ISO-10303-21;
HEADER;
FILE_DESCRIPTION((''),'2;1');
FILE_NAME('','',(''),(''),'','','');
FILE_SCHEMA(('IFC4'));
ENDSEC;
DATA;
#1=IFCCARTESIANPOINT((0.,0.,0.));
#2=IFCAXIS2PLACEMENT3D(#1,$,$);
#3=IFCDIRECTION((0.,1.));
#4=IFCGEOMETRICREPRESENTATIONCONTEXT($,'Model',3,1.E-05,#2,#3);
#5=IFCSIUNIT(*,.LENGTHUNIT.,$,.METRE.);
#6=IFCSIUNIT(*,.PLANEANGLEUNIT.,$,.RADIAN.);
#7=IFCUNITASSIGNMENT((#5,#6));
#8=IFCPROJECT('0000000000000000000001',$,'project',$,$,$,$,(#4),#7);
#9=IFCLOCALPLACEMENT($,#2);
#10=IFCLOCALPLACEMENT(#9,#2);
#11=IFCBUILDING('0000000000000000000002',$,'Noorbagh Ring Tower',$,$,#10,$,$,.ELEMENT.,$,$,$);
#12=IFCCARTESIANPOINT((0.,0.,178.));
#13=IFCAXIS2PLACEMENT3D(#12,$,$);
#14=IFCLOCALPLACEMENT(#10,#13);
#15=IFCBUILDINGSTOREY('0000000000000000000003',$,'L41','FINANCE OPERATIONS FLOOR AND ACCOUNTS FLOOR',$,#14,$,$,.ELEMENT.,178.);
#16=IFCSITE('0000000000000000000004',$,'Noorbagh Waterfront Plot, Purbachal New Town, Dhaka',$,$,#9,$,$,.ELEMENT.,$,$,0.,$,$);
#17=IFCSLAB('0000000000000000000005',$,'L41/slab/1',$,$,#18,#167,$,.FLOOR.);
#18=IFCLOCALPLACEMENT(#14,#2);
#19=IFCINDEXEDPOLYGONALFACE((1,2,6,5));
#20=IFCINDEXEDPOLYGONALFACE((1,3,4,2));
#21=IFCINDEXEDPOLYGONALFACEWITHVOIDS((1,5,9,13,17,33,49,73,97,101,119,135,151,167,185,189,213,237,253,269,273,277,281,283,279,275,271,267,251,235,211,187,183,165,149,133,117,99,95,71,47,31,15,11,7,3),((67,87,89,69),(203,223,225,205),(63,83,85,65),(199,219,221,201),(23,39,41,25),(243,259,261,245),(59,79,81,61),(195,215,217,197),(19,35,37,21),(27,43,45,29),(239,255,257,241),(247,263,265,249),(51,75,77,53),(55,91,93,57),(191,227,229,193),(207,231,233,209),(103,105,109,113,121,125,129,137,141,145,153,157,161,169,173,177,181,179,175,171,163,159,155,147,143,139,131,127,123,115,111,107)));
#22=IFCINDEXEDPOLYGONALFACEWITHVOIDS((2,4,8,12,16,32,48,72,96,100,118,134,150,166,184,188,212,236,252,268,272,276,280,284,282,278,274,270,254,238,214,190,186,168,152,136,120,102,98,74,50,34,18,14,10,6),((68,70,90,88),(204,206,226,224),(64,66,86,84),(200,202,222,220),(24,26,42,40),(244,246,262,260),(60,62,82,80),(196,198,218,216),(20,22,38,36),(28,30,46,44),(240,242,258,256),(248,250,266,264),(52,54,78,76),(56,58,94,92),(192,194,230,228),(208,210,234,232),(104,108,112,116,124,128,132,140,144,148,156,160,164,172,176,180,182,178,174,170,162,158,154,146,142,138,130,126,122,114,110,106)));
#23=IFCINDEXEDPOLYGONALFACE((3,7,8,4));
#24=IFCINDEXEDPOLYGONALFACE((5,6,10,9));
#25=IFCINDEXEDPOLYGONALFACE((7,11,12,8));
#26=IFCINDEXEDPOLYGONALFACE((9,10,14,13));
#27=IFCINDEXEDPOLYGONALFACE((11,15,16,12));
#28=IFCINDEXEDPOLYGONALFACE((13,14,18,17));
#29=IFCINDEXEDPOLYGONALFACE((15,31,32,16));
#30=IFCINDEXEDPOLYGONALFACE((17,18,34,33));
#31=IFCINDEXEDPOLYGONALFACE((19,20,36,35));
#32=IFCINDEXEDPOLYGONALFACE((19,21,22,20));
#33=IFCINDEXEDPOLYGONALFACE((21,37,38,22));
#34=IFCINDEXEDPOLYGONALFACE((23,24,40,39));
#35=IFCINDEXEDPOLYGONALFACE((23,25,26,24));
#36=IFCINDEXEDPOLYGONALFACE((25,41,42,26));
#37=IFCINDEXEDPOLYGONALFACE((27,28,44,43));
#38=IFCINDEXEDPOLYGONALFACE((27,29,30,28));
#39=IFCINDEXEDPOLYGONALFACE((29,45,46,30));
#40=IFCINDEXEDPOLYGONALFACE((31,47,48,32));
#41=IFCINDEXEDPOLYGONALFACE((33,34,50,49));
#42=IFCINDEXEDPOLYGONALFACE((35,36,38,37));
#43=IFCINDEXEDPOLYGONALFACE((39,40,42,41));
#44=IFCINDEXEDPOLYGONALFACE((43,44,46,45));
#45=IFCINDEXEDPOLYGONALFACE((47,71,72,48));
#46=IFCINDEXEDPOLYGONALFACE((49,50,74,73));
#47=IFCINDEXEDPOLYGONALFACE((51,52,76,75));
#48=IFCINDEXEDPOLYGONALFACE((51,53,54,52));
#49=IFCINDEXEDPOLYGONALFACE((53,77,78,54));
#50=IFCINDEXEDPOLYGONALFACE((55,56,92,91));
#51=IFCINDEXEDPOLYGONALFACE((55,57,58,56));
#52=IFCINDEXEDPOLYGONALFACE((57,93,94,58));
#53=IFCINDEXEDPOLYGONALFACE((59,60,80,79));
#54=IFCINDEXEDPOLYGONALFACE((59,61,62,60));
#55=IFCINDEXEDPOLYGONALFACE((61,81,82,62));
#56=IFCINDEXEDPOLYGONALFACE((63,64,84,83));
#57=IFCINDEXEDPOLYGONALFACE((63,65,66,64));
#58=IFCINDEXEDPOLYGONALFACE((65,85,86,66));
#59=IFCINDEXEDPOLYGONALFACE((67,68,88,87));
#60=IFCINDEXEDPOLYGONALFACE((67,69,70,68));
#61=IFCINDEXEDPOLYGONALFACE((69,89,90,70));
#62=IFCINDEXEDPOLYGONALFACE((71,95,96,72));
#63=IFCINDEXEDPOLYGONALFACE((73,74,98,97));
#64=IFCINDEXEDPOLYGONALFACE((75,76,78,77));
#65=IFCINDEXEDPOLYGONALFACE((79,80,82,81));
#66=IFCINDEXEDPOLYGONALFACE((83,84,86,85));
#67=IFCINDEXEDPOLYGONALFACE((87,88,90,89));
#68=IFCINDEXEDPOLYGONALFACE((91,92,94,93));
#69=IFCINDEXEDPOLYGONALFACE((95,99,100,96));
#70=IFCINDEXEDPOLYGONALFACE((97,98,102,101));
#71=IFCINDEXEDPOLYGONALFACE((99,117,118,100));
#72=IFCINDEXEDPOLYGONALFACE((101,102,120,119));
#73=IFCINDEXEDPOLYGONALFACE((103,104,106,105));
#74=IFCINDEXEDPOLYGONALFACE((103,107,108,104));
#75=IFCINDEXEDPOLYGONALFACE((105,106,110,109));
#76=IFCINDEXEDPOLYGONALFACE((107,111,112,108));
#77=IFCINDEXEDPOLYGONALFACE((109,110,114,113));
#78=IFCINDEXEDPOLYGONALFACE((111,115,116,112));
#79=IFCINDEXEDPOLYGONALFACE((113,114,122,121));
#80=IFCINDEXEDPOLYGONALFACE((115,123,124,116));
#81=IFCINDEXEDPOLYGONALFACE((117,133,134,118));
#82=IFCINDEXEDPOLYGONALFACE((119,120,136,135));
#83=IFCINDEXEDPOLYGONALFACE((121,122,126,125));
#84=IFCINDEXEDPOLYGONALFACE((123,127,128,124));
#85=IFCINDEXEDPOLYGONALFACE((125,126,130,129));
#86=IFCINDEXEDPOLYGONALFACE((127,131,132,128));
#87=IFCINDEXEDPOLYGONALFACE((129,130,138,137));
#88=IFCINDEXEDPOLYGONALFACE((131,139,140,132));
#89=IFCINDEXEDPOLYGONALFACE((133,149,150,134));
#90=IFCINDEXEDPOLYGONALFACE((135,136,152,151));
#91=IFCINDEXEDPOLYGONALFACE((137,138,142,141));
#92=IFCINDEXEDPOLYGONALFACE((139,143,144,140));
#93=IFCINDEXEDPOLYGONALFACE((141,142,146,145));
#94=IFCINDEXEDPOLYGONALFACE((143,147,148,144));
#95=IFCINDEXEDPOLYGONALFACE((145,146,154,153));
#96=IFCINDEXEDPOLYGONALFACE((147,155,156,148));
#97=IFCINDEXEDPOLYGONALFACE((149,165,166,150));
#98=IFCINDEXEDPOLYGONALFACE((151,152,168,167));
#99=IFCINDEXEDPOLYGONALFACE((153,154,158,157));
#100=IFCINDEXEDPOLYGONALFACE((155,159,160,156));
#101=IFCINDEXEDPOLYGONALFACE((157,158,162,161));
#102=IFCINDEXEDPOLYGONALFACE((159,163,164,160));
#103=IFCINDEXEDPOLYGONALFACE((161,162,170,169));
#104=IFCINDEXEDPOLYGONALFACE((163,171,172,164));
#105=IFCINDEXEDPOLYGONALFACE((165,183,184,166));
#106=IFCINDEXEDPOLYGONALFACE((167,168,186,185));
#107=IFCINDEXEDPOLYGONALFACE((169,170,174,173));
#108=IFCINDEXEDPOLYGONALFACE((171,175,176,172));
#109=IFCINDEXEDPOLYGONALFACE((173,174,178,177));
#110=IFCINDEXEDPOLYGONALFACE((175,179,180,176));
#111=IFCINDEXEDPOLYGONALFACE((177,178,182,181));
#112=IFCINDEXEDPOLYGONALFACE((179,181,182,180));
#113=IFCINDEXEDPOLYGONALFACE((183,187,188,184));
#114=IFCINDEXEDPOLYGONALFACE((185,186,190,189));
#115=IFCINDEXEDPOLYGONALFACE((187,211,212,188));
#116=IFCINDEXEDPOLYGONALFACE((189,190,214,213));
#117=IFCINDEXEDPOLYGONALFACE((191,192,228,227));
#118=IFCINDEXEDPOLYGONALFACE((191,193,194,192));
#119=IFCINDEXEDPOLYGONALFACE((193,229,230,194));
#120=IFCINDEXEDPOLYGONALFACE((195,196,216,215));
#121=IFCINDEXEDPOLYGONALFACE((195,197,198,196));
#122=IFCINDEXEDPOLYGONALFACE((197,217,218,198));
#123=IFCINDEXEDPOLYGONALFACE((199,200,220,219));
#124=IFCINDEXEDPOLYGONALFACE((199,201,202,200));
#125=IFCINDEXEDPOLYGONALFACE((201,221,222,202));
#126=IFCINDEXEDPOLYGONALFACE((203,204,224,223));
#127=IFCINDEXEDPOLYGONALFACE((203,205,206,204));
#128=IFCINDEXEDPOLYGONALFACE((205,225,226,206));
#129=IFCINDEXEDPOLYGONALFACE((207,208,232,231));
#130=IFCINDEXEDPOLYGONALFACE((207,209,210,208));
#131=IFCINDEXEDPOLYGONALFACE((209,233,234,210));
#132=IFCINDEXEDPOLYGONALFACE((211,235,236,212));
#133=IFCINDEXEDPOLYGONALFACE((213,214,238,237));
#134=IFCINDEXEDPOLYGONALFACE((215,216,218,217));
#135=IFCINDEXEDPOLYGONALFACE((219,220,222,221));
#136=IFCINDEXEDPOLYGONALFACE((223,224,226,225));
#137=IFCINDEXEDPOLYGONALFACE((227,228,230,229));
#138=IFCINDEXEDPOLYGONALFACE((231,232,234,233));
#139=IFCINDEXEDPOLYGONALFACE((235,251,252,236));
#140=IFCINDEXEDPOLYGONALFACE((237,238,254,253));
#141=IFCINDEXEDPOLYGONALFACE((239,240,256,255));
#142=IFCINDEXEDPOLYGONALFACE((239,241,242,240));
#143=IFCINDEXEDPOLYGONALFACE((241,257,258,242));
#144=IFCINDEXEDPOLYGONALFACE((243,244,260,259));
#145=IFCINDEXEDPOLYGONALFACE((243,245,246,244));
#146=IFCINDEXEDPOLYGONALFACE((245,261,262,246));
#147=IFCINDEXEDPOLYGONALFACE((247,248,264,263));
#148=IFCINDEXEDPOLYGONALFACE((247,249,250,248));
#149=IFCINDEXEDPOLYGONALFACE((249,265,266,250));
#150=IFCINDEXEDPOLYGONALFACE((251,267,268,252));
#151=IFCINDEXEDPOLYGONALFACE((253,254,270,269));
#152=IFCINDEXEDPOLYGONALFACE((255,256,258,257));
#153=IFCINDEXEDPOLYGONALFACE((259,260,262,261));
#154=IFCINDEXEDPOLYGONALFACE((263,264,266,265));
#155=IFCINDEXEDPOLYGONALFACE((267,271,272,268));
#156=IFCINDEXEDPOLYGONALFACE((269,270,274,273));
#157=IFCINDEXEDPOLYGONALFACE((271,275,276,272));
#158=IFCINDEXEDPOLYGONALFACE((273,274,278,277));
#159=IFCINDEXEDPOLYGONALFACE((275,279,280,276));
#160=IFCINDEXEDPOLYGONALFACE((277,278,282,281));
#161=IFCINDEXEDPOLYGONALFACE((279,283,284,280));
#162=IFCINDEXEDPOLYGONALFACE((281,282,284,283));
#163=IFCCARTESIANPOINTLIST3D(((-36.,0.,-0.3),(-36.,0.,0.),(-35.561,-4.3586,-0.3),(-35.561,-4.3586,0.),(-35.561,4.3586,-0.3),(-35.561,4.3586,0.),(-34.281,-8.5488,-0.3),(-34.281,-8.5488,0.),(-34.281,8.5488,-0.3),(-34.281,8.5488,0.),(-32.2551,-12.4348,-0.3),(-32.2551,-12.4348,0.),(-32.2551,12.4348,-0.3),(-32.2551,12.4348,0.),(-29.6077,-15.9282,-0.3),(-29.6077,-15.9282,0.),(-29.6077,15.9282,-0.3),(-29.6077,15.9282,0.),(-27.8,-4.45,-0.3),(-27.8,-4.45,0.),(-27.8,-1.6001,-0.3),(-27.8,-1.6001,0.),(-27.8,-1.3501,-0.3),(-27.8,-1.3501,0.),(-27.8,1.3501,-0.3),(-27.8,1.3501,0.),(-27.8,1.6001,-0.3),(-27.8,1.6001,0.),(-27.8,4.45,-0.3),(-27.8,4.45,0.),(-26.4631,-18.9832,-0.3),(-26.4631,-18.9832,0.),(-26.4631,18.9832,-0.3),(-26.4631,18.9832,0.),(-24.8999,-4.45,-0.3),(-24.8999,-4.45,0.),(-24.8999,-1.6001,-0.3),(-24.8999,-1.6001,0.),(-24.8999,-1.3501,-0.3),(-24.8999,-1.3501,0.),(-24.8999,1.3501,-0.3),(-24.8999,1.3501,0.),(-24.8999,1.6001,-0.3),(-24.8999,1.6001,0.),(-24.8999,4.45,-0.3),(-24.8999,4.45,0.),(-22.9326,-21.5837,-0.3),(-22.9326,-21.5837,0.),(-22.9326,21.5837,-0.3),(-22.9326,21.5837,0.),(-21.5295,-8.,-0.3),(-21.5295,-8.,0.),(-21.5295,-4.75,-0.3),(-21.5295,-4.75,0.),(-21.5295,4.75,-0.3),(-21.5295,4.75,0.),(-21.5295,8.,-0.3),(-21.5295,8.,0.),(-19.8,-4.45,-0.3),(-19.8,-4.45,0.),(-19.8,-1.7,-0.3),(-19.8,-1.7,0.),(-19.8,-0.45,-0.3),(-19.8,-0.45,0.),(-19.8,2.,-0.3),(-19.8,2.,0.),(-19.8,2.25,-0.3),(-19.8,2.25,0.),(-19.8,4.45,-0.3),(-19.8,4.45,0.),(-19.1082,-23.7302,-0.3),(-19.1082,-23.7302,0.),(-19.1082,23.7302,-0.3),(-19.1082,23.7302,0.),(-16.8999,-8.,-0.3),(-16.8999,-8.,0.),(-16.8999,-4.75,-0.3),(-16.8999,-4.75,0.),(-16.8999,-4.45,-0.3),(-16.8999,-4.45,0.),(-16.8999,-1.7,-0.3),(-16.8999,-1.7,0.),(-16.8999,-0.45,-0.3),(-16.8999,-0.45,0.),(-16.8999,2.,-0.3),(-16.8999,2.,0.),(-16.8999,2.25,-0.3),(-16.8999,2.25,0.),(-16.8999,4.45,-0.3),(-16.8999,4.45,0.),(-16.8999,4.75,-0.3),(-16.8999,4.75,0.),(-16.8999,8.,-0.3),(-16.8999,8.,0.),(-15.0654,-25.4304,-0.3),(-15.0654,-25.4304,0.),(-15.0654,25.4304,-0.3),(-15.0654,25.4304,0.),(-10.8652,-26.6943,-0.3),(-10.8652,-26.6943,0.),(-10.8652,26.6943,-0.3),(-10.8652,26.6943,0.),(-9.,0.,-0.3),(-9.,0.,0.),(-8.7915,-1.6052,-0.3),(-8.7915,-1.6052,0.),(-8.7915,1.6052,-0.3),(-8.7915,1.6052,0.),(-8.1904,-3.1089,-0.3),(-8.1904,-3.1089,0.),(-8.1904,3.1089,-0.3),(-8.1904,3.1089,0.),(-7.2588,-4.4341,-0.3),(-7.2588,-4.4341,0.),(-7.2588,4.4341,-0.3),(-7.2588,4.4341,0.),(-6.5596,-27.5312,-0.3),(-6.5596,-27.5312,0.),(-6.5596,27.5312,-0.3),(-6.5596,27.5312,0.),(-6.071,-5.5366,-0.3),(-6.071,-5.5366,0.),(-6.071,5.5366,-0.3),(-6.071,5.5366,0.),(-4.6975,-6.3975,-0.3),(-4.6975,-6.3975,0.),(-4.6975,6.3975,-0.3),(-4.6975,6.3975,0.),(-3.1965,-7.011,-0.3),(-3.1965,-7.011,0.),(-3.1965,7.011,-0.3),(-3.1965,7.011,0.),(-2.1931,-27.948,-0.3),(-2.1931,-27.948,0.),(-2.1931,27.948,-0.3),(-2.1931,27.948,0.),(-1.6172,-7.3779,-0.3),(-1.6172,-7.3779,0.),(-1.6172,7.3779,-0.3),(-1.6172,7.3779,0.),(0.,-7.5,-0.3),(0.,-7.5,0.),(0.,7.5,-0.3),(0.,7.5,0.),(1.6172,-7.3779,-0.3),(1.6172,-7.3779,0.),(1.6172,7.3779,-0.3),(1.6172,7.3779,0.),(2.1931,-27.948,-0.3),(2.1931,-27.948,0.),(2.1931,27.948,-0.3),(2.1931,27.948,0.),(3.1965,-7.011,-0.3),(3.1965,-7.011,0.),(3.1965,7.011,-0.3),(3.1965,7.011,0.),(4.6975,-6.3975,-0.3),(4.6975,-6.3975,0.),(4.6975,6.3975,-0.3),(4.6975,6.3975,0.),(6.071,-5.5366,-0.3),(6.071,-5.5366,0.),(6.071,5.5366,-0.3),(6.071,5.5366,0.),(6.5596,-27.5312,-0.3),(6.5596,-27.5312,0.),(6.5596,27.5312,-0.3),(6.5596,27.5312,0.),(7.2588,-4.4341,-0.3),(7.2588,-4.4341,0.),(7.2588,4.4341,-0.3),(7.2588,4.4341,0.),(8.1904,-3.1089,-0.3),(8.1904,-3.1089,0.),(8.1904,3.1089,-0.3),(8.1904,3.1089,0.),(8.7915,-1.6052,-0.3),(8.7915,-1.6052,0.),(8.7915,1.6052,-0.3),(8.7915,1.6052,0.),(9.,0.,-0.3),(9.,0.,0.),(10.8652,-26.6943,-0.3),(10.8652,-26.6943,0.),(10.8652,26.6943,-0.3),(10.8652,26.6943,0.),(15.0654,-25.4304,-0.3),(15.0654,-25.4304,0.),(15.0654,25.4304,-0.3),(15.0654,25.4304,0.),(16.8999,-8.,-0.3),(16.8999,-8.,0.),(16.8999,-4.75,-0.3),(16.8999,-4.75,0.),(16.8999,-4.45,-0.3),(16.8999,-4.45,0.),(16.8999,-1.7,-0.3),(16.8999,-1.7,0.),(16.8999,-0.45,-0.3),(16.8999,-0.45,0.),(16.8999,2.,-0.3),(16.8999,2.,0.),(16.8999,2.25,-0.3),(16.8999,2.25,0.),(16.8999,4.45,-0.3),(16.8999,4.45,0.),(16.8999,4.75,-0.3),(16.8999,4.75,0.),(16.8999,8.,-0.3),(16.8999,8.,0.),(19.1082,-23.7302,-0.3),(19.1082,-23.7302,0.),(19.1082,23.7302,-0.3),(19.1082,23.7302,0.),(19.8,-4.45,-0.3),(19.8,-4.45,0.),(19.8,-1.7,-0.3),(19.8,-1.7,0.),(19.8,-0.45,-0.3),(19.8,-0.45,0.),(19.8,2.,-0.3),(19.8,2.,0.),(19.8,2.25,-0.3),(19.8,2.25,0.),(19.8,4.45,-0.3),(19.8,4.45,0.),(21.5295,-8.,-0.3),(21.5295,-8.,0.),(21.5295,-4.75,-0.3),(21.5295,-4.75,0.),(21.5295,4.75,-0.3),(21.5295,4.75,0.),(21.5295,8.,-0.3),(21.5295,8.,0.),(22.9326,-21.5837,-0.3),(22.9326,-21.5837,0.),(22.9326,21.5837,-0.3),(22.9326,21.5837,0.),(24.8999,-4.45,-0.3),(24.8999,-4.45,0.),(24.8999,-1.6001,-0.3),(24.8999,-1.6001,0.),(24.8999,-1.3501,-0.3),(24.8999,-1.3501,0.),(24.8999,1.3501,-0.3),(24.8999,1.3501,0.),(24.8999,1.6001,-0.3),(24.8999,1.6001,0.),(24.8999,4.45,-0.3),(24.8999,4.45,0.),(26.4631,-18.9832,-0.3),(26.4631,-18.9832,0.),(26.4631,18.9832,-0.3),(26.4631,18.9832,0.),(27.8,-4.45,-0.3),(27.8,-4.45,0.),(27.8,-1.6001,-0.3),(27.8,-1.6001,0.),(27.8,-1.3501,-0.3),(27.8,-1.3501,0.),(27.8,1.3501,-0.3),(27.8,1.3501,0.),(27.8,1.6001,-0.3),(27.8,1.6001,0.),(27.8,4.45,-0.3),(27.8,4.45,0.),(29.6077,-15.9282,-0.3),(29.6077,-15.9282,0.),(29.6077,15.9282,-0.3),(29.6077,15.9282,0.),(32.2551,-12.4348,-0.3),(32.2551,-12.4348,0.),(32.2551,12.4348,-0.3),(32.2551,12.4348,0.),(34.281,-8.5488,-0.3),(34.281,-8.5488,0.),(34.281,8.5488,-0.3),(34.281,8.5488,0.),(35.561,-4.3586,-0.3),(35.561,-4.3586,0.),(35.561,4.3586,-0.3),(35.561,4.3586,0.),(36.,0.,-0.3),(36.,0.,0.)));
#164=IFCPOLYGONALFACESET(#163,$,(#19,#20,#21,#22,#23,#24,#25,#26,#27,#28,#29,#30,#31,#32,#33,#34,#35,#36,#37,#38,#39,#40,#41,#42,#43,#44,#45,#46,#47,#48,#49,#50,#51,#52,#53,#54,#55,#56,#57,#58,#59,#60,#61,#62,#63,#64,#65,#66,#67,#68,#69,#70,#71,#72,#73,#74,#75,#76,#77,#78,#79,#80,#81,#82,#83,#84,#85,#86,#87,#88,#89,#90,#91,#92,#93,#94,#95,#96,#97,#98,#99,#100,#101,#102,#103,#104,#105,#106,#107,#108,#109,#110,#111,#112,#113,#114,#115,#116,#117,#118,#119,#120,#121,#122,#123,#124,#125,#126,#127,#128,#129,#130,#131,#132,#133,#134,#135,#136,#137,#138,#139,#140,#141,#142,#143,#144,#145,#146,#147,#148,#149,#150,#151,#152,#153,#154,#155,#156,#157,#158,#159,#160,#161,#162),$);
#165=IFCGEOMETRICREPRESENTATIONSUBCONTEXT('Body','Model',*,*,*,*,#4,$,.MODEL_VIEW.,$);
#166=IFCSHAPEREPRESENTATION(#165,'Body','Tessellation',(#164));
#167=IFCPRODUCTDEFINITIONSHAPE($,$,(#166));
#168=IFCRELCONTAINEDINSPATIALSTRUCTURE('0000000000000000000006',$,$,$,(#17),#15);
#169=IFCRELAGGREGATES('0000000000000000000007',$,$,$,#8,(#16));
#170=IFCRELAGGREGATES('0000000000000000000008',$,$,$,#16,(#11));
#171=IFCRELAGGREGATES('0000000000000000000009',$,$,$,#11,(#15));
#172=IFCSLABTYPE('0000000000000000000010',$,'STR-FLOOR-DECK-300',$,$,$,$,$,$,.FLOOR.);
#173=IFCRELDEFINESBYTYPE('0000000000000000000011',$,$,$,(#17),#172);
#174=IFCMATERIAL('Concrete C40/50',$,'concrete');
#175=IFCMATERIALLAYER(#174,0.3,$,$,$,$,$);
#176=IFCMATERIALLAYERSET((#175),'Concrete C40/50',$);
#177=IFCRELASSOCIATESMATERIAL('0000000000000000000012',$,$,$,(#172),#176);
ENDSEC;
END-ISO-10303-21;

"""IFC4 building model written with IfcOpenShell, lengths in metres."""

from ifc_helpers import new_model, si_unit, direction, frame, origin, place, context, subcontext, project, spatial, polyline, outline, extrude, material, layer, layer_set, type_object, element, save


model = new_model("IFC4")

# Units and contexts
model_context = context("Model", 3, precision=1e-05, world=origin(), true_north=direction((0.0, 1.0)))
body_context = subcontext(model_context, "Body", "Model", "MODEL_VIEW")
ifc_project = project(units=[si_unit("LENGTHUNIT", "METRE"), si_unit("PLANEANGLEUNIT", "RADIAN")], contexts=[model_context])

# Site, building, storey
site_placement = place(None, origin())
site = spatial("IfcSite", under=ifc_project, at=site_placement, Name="Noorbagh Waterfront Plot, Purbachal New Town, Dhaka", CompositionType="ELEMENT", RefElevation=0.0)
building_placement = place(site_placement, origin())
building = spatial("IfcBuilding", under=site, at=building_placement, Name="Noorbagh Ring Tower", CompositionType="ELEMENT")
storey_placement = place(building_placement, frame((0.0, 0.0, 178.0)))
storey = spatial("IfcBuildingStorey", under=building, at=storey_placement, Name="L41", Description="FINANCE OPERATIONS FLOOR AND ACCOUNTS FLOOR", CompositionType="ELEMENT", Elevation=178.0)

# Slab
ifc_material_1 = material(Name="Concrete C40/50", Category="concrete")
ifc_layer_1 = layer(ifc_material_1, 0.3)
ifc_layer_set_1 = layer_set([ifc_layer_1], Name="Concrete C40/50")
slab_type_1 = type_object("IfcSlabType", Name="STR-FLOOR-DECK-300", PredefinedType="FLOOR", material=ifc_layer_set_1)
slab_1_placement = place(storey_placement, frame((0.0, 0.0, -0.3)))
element("IfcSlab", 1, at=slab_1_placement, inside=storey, type_object=slab_type_1, Name="L41/slab/1", PredefinedType="FLOOR", context=body_context, shape_type="SweptSolid", body=[
    extrude(outline(polyline([(36.0, 0.0), (35.561, 4.3586), (34.281, 8.5488), (32.2551, 12.4348), (29.6077, 15.9282), (26.4631, 18.9832), (22.9326, 21.5837), (19.1082, 23.7302), (15.0654, 25.4304), (10.8652, 26.6943), (6.5596, 27.5312), (2.1931, 27.948), (-2.1931, 27.948), (-6.5596, 27.5312), (-10.8652, 26.6943), (-15.0654, 25.4304), (-19.1082, 23.7302), (-22.9326, 21.5837), (-26.4631, 18.9832), (-29.6077, 15.9282), (-32.2551, 12.4348), (-34.281, 8.5488), (-35.561, 4.3586), (-36.0, 0.0), (-35.561, -4.3586), (-34.281, -8.5488), (-32.2551, -12.4348), (-29.6077, -15.9282), (-26.4631, -18.9832), (-22.9326, -21.5837), (-19.1082, -23.7302), (-15.0654, -25.4304), (-10.8652, -26.6943), (-6.5596, -27.5312), (-2.1931, -27.948), (2.1931, -27.948), (6.5596, -27.5312), (10.8652, -26.6943), (15.0654, -25.4304), (19.1082, -23.7302), (22.9326, -21.5837), (26.4631, -18.9832), (29.6077, -15.9282), (32.2551, -12.4348), (34.281, -8.5488), (35.561, -4.3586), (36.0, 0.0)]), holes=[polyline([(24.8999, 4.45), (27.8, 4.45), (27.8, 1.6001), (24.8999, 1.6001), (24.8999, 4.45)]), polyline([(24.8999, 1.3501), (27.8, 1.3501), (27.8, -1.3501), (24.8999, -1.3501), (24.8999, 1.3501)]), polyline([(24.8999, -1.6001), (27.8, -1.6001), (27.8, -4.45), (24.8999, -4.45), (24.8999, -1.6001)]), polyline([(21.5295, -8.0), (16.8999, -8.0), (16.8999, -4.75), (21.5295, -4.75), (21.5295, -8.0)]), polyline([(16.8999, 4.75), (16.8999, 8.0), (21.5295, 8.0), (21.5295, 4.75), (16.8999, 4.75)]), polyline([(19.8, 4.45), (19.8, 2.25), (16.8999, 2.25), (16.8999, 4.45), (19.8, 4.45)]), polyline([(16.8999, 2.0), (19.8, 2.0), (19.8, -0.45), (16.8999, -0.45), (16.8999, 2.0)]), polyline([(16.8999, -1.7), (19.8, -1.7), (19.8, -4.45), (16.8999, -4.45), (16.8999, -1.7)]), polyline([(4.6975, -6.3975), (3.1965, -7.011), (1.6172, -7.3779), (0.0, -7.5), (-1.6172, -7.3779), (-3.1965, -7.011), (-4.6975, -6.3975), (-6.071, -5.5366), (-7.2588, -4.4341), (-8.1904, -3.1089), (-8.7915, -1.6052), (-9.0, 0.0), (-8.7915, 1.6052), (-8.1904, 3.1089), (-7.2588, 4.4341), (-6.071, 5.5366), (-4.6975, 6.3975), (-3.1965, 7.011), (-1.6172, 7.3779), (0.0, 7.5), (1.6172, 7.3779), (3.1965, 7.011), (4.6975, 6.3975), (6.071, 5.5366), (7.2588, 4.4341), (8.1904, 3.1089), (8.7915, 1.6052), (9.0, 0.0), (8.7915, -1.6052), (8.1904, -3.1089), (7.2588, -4.4341), (6.071, -5.5366), (4.6975, -6.3975)]), polyline([(-16.8999, 2.25), (-19.8, 2.25), (-19.8, 4.45), (-16.8999, 4.45), (-16.8999, 2.25)]), polyline([(-16.8999, -0.45), (-19.8, -0.45), (-19.8, 2.0), (-16.8999, 2.0), (-16.8999, -0.45)]), polyline([(-16.8999, -4.45), (-19.8, -4.45), (-19.8, -1.7), (-16.8999, -1.7), (-16.8999, -4.45)]), polyline([(-21.5295, 8.0), (-16.8999, 8.0), (-16.8999, 4.75), (-21.5295, 4.75), (-21.5295, 8.0)]), polyline([(-21.5295, -4.75), (-16.8999, -4.75), (-16.8999, -8.0), (-21.5295, -8.0), (-21.5295, -4.75)]), polyline([(-24.8999, -4.45), (-27.8, -4.45), (-27.8, -1.6001), (-24.8999, -1.6001), (-24.8999, -4.45)]), polyline([(-24.8999, 1.6001), (-27.8, 1.6001), (-27.8, 4.45), (-24.8999, 4.45), (-24.8999, 1.6001)]), polyline([(-24.8999, -1.3501), (-27.8, -1.3501), (-27.8, 1.3501), (-24.8999, 1.3501), (-24.8999, -1.3501)])]), origin(), (0.0, 0.0, 1.0), 0.3),
])

save(model, "model.ifc")
